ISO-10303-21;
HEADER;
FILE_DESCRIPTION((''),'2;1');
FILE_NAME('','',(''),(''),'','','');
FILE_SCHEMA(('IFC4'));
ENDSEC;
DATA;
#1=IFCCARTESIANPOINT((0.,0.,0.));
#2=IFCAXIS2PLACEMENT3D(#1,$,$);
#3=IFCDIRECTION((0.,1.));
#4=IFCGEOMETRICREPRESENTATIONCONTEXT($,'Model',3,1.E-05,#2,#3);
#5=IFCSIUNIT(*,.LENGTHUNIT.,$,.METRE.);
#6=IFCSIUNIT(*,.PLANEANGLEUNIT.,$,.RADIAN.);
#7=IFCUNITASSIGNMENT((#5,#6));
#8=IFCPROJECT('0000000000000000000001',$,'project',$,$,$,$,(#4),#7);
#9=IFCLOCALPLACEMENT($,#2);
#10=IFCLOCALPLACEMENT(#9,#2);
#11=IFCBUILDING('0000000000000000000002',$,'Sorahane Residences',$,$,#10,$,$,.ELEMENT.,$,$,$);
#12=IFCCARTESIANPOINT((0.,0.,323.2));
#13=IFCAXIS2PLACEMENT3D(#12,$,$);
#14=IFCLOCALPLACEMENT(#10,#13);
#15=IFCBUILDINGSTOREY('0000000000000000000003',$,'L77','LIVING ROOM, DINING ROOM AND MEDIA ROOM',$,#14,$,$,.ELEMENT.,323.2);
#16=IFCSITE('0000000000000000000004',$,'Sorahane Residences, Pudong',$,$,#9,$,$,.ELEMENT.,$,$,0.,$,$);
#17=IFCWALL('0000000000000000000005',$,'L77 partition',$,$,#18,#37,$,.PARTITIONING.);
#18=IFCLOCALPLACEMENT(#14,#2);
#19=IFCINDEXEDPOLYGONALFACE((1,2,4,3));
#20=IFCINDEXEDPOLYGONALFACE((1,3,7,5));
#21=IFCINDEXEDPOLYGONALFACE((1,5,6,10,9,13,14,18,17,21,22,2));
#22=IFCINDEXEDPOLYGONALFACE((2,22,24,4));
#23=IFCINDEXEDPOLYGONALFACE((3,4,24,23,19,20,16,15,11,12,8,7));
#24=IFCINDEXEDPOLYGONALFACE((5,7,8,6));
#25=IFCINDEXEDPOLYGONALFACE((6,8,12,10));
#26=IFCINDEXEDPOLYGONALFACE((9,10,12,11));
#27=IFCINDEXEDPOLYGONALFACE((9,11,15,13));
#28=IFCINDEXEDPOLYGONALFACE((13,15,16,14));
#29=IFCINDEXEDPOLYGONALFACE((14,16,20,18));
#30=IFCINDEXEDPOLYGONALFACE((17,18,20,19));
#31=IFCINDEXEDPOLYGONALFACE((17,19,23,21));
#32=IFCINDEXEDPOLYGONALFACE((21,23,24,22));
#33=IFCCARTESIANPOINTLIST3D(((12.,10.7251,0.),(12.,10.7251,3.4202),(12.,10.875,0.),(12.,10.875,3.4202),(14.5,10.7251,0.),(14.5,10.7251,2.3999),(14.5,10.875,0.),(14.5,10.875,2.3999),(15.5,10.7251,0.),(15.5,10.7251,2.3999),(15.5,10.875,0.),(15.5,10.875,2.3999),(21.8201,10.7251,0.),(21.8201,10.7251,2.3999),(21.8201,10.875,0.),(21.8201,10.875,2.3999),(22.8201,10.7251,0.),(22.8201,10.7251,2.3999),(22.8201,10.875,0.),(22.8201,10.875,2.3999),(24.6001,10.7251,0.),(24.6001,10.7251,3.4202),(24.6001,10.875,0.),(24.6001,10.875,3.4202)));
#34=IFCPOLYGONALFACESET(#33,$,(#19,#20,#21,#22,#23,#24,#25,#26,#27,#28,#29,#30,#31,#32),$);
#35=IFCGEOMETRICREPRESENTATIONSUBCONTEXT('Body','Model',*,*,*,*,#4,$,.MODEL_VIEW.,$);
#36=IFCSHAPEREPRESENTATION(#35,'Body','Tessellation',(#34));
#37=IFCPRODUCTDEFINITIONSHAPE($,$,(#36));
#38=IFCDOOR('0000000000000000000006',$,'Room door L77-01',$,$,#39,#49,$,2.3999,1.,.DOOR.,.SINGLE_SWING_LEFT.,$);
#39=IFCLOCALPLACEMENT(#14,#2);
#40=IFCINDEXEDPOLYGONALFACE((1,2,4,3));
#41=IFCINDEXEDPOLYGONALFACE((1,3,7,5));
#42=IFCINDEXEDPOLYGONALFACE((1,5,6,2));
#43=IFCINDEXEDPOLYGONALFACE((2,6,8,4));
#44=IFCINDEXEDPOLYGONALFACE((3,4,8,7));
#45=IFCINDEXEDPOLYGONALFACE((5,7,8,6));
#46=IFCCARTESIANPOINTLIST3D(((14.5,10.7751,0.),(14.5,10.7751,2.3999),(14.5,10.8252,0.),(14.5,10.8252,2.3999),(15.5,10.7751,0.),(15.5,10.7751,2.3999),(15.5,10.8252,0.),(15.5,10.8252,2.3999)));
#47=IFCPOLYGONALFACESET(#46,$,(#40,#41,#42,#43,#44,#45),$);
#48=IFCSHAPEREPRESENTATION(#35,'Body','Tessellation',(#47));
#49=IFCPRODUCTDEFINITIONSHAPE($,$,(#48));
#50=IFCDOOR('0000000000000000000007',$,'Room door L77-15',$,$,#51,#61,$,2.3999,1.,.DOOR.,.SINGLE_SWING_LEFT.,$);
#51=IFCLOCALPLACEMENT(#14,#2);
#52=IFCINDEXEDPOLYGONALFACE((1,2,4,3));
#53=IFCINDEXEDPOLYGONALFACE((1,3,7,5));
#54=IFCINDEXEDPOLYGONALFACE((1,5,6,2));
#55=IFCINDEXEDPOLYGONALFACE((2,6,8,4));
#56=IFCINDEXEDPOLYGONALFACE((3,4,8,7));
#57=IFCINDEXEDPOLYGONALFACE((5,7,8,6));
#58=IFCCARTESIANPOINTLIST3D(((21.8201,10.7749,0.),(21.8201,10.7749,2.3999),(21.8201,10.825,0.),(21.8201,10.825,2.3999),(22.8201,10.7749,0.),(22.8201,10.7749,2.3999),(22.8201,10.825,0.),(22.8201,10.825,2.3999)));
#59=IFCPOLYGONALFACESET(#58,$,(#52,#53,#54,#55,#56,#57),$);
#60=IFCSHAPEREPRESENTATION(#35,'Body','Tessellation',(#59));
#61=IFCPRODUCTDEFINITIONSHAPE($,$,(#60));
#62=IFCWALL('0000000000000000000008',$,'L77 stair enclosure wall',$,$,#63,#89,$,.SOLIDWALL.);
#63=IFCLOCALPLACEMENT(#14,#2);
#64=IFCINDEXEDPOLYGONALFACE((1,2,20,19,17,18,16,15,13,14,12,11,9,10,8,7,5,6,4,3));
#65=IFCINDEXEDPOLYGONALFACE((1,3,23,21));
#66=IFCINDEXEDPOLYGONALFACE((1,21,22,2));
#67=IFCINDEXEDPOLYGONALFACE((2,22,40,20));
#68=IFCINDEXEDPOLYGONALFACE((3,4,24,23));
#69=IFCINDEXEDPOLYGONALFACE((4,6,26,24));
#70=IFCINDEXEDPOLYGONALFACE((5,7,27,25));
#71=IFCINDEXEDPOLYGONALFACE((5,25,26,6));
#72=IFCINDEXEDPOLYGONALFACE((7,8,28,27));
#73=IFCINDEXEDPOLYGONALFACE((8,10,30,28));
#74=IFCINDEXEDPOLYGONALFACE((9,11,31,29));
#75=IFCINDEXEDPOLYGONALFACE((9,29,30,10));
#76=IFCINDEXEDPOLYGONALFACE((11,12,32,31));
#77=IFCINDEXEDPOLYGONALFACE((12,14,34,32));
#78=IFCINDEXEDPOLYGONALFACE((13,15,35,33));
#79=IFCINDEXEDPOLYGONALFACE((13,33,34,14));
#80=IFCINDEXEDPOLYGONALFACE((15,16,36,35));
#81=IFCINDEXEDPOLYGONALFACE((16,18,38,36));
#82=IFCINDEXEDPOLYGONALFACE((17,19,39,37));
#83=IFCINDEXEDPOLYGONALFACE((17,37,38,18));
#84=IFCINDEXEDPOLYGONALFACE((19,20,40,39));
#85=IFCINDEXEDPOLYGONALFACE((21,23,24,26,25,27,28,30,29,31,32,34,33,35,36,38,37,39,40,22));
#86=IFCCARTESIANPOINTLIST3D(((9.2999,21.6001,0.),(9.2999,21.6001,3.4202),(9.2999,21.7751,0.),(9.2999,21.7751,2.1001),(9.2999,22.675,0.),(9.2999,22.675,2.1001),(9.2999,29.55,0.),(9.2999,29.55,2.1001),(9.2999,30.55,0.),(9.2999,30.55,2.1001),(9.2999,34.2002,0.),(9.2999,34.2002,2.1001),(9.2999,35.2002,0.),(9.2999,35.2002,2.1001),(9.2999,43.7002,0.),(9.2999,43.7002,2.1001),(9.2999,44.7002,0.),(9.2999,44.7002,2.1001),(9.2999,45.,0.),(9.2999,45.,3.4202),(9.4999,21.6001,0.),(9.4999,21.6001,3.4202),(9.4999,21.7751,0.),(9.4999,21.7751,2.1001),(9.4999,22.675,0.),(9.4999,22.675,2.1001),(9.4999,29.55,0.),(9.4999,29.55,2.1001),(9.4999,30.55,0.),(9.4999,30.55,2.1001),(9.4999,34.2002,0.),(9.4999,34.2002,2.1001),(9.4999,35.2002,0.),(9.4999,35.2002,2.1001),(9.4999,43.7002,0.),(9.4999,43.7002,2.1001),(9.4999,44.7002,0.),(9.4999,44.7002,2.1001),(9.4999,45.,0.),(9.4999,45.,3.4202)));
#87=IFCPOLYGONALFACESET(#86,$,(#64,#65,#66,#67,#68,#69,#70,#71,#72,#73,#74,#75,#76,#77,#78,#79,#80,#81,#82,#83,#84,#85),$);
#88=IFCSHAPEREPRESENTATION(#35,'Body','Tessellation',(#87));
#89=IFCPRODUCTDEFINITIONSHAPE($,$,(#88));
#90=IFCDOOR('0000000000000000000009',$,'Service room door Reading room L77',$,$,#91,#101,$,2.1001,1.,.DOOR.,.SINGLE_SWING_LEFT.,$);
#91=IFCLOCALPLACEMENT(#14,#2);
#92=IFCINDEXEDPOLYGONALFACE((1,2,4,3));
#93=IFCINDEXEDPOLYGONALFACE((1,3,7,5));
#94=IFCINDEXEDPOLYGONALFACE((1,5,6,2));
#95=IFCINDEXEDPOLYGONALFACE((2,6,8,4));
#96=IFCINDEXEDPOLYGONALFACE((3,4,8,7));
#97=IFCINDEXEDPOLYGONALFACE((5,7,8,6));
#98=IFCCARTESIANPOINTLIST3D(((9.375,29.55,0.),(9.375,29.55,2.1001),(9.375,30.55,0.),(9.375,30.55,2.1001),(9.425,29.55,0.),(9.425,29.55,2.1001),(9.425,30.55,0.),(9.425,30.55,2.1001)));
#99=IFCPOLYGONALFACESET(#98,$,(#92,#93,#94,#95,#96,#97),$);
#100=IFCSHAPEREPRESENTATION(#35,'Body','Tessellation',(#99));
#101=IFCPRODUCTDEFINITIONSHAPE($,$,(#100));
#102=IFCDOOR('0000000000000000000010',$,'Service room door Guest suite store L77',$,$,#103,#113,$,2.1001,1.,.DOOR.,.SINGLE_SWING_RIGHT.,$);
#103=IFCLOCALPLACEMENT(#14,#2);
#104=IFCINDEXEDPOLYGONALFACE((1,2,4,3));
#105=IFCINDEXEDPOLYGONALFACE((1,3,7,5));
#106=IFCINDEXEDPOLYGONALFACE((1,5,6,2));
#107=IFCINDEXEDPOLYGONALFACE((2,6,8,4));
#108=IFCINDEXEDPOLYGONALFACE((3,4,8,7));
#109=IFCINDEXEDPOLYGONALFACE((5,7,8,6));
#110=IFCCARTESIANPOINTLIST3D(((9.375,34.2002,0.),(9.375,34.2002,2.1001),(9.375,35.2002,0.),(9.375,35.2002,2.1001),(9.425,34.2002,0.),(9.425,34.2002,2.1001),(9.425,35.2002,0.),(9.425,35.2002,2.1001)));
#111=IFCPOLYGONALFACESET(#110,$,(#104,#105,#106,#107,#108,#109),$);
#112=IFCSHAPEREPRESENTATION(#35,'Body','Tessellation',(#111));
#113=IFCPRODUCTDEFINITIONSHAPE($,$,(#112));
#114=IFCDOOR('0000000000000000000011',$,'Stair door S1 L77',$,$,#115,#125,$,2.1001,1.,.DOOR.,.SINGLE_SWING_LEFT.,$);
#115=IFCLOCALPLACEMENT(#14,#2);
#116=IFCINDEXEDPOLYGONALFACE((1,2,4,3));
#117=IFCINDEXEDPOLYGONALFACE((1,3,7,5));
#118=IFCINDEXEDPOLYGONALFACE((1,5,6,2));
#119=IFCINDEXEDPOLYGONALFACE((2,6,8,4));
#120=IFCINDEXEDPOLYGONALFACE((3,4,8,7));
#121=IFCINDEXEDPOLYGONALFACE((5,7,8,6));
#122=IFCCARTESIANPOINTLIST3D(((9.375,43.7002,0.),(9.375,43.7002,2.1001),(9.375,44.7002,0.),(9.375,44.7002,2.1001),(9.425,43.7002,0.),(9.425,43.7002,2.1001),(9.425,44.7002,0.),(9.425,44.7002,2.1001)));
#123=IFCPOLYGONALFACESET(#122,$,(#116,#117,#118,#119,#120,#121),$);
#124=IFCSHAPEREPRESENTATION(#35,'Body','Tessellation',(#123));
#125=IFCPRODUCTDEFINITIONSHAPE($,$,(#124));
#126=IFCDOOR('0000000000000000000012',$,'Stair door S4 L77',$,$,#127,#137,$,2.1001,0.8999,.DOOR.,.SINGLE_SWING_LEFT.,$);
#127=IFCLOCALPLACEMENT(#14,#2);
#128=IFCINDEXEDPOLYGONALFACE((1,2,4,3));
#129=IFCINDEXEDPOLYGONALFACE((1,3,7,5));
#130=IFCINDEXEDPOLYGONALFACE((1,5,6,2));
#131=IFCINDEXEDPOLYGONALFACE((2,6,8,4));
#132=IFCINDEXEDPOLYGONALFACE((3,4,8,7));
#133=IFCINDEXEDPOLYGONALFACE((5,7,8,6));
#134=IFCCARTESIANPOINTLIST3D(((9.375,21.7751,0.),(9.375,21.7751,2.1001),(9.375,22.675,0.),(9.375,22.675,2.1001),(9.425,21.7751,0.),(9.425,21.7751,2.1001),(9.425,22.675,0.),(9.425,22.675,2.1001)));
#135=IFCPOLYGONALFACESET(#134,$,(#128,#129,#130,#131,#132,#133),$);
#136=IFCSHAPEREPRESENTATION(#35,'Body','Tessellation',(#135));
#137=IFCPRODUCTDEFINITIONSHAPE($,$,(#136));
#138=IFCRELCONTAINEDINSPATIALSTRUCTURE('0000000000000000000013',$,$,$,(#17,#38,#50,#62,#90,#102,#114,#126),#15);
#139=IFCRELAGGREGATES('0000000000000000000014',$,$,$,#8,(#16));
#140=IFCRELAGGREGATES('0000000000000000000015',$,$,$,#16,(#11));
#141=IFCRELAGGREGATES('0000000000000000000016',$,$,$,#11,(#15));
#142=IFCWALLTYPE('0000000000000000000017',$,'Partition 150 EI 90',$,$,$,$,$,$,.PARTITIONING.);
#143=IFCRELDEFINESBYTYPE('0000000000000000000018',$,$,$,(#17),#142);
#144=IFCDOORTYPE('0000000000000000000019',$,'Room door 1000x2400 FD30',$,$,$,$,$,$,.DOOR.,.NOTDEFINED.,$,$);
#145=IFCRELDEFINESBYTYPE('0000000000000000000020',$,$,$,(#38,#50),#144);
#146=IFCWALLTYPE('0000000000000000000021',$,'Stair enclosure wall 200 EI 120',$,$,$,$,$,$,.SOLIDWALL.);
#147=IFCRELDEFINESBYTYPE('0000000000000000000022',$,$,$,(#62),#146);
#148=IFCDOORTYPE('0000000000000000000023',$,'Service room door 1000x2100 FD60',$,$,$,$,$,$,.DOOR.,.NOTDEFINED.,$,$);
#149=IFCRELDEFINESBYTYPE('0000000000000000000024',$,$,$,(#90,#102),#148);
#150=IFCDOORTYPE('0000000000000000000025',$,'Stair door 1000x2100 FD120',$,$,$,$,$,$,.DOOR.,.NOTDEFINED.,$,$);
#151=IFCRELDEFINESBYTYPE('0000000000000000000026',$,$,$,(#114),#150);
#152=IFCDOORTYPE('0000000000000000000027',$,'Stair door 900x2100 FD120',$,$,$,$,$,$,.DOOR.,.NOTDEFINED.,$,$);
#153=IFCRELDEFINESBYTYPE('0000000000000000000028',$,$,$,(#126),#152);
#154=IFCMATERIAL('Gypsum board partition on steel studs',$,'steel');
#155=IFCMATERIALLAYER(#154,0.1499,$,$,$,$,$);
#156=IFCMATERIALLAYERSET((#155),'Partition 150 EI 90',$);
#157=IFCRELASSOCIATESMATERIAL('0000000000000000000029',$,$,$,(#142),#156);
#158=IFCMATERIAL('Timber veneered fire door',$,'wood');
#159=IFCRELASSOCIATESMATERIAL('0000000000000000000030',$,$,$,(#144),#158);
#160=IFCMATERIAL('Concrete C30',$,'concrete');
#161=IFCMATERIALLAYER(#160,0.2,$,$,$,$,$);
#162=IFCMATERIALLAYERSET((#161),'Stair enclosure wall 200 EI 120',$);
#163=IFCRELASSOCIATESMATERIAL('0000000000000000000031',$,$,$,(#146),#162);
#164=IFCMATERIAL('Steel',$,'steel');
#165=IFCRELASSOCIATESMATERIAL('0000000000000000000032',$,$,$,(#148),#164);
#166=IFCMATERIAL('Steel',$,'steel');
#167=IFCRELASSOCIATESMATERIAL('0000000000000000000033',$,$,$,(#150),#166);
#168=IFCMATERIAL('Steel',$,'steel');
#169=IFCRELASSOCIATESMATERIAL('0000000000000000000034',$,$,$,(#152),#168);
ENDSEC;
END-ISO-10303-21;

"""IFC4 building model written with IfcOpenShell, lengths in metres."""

from ifc_helpers import new_model, si_unit, direction, frame, frame_2d, origin, place, context, subcontext, project, spatial, rectangle, extrude, material, layer, layer_set, type_object, element, fill, save


model = new_model("IFC4")

# Units and contexts
model_context = context("Model", 3, precision=1e-05, world=origin(), true_north=direction((0.0, 1.0)))
body_context = subcontext(model_context, "Body", "Model", "MODEL_VIEW")
ifc_project = project(units=[si_unit("LENGTHUNIT", "METRE"), si_unit("PLANEANGLEUNIT", "RADIAN")], contexts=[model_context])

# Site, building, storey
site_placement = place(None, origin())
site = spatial("IfcSite", under=ifc_project, at=site_placement, Name="Sorahane Residences, Pudong", CompositionType="ELEMENT", RefElevation=0.0)
building_placement = place(site_placement, origin())
building = spatial("IfcBuilding", under=site, at=building_placement, Name="Sorahane Residences", CompositionType="ELEMENT")
storey_placement = place(building_placement, frame((0.0, 0.0, 323.2)))
storey = spatial("IfcBuildingStorey", under=building, at=storey_placement, Name="L77", Description="LIVING ROOM, DINING ROOM AND MEDIA ROOM", CompositionType="ELEMENT", Elevation=323.2)

# Walls, openings, doors
ifc_material_1 = material(Name="Gypsum board partition on steel studs", Category="steel")
ifc_layer_1 = layer(ifc_material_1, 0.1499)
ifc_layer_set_1 = layer_set([ifc_layer_1], Name="Partition 150 EI 90")
wall_type_1 = type_object("IfcWallType", Name="Partition 150 EI 90", PredefinedType="PARTITIONING", material=ifc_layer_set_1)
wall_1_placement = place(storey_placement, frame((12.0, 10.8, 0.0), z_axis=(0.0, 0.0, 1.0), x_axis=(1.0, 0.0, 0.0)))
wall_1 = element("IfcWall", 1, at=wall_1_placement, inside=storey, type_object=wall_type_1, Name="L77 partition", PredefinedType="PARTITIONING", context=body_context, shape_type="SweptSolid", body=[
    extrude(rectangle(XDim=12.6001, YDim=0.1499, at=frame_2d((6.3, 0.0))), origin(), (0.0, 0.0, 1.0), 3.4202),
])
opening_1_placement = place(wall_1_placement, frame((2.5, 0.0, 0.0)))
opening_1 = element("IfcOpeningElement", 2, at=opening_1_placement, cuts=wall_1, PredefinedType="OPENING", context=body_context, shape_type="SweptSolid", body=[
    extrude(rectangle(XDim=1.0, YDim=2.3999, at=frame_2d((0.5, 1.2))), frame((0.0, 0.085, 0.0), z_axis=(0.0, -1.0, 0.0), x_axis=(1.0, 0.0, 0.0)), (0.0, 0.0, 1.0), 0.1699),
])
opening_2_placement = place(wall_1_placement, frame((9.8201, 0.0, 0.0)))
opening_2 = element("IfcOpeningElement", 3, at=opening_2_placement, cuts=wall_1, PredefinedType="OPENING", context=body_context, shape_type="SweptSolid", body=[
    extrude(rectangle(XDim=1.0, YDim=2.3999, at=frame_2d((0.5, 1.2))), frame((0.0, 0.085, 0.0), z_axis=(0.0, -1.0, 0.0), x_axis=(1.0, 0.0, 0.0)), (0.0, 0.0, 1.0), 0.1699),
])
ifc_material_2 = material(Name="Timber veneered fire door", Category="wood")
door_type_1 = type_object("IfcDoorType", Name="Room door 1000x2400 FD30", OperationType="NOTDEFINED", PredefinedType="DOOR", material=ifc_material_2)
door_1_placement = place(opening_1_placement, frame((1.0, 0.0, 0.0), z_axis=(0.0, 0.0, 1.0), x_axis=(-1.0, 0.0, 0.0)))
door_1 = element("IfcDoor", 4, at=door_1_placement, inside=storey, type_object=door_type_1, Name="Room door L77-01", OperationType="SINGLE_SWING_LEFT", OverallHeight=2.3999, OverallWidth=1.0, PredefinedType="DOOR", context=body_context, shape_type="SweptSolid", body=[
    extrude(rectangle(XDim=1.0, YDim=2.3999, at=frame_2d((0.5, 1.2))), frame((0.0, 0.0249, 0.0), z_axis=(0.0, -1.0, 0.0), x_axis=(1.0, 0.0, 0.0)), (0.0, 0.0, 1.0), 0.05),
])
fill(opening_1, door_1)
door_2_placement = place(opening_2_placement, origin())
door_2 = element("IfcDoor", 5, at=door_2_placement, inside=storey, type_object=door_type_1, Name="Room door L77-15", OperationType="SINGLE_SWING_LEFT", OverallHeight=2.3999, OverallWidth=1.0, PredefinedType="DOOR", context=body_context, shape_type="SweptSolid", body=[
    extrude(rectangle(XDim=1.0, YDim=2.3999, at=frame_2d((0.5, 1.2))), frame((0.0, 0.0249, 0.0), z_axis=(0.0, -1.0, 0.0), x_axis=(1.0, 0.0, 0.0)), (0.0, 0.0, 1.0), 0.05),
])
fill(opening_2, door_2)
ifc_material_3 = material(Name="Concrete C30", Category="concrete")
ifc_layer_2 = layer(ifc_material_3, 0.2)
ifc_layer_set_2 = layer_set([ifc_layer_2], Name="Stair enclosure wall 200 EI 120")
wall_type_2 = type_object("IfcWallType", Name="Stair enclosure wall 200 EI 120", PredefinedType="SOLIDWALL", material=ifc_layer_set_2)
wall_2_placement = place(storey_placement, frame((9.3999, 21.6001, 0.0), z_axis=(0.0, 0.0, 1.0), x_axis=(0.0, 1.0, 0.0)))
wall_2 = element("IfcWall", 6, at=wall_2_placement, inside=storey, type_object=wall_type_2, Name="L77 stair enclosure wall", PredefinedType="SOLIDWALL", context=body_context, shape_type="SweptSolid", body=[
    extrude(rectangle(XDim=23.3999, YDim=0.2, at=frame_2d((11.7, 0.0))), origin(), (0.0, 0.0, 1.0), 3.4202),
])
opening_3_placement = place(wall_2_placement, frame((7.95, 0.0, 0.0)))
opening_3 = element("IfcOpeningElement", 7, at=opening_3_placement, cuts=wall_2, PredefinedType="OPENING", context=body_context, shape_type="SweptSolid", body=[
    extrude(rectangle(XDim=1.0, YDim=2.1001, at=frame_2d((0.5, 1.05))), frame((0.0, 0.1099, 0.0), z_axis=(0.0, -1.0, 0.0), x_axis=(1.0, 0.0, 0.0)), (0.0, 0.0, 1.0), 0.22),
])
opening_4_placement = place(wall_2_placement, frame((12.6001, 0.0, 0.0)))
opening_4 = element("IfcOpeningElement", 8, at=opening_4_placement, cuts=wall_2, PredefinedType="OPENING", context=body_context, shape_type="SweptSolid", body=[
    extrude(rectangle(XDim=1.0, YDim=2.1001, at=frame_2d((0.5, 1.05))), frame((0.0, 0.1099, 0.0), z_axis=(0.0, -1.0, 0.0), x_axis=(1.0, 0.0, 0.0)), (0.0, 0.0, 1.0), 0.22),
])
opening_5_placement = place(wall_2_placement, frame((22.1001, 0.0, 0.0)))
opening_5 = element("IfcOpeningElement", 9, at=opening_5_placement, cuts=wall_2, PredefinedType="OPENING", context=body_context, shape_type="SweptSolid", body=[
    extrude(rectangle(XDim=1.0, YDim=2.1001, at=frame_2d((0.5, 1.05))), frame((0.0, 0.1099, 0.0), z_axis=(0.0, -1.0, 0.0), x_axis=(1.0, 0.0, 0.0)), (0.0, 0.0, 1.0), 0.22),
])
opening_6_placement = place(wall_2_placement, frame((0.175, 0.0, 0.0)))
opening_6 = element("IfcOpeningElement", 10, at=opening_6_placement, cuts=wall_2, PredefinedType="OPENING", context=body_context, shape_type="SweptSolid", body=[
    extrude(rectangle(XDim=0.8999, YDim=2.1001, at=frame_2d((0.45, 1.05))), frame((0.0, 0.1099, 0.0), z_axis=(0.0, -1.0, 0.0), x_axis=(1.0, 0.0, 0.0)), (0.0, 0.0, 1.0), 0.22),
])
ifc_material_4 = material(Name="Steel", Category="steel")
door_type_2 = type_object("IfcDoorType", Name="Service room door 1000x2100 FD60", OperationType="NOTDEFINED", PredefinedType="DOOR", material=ifc_material_4)
door_3_placement = place(opening_3_placement, origin())
door_3 = element("IfcDoor", 11, at=door_3_placement, inside=storey, type_object=door_type_2, Name="Service room door Reading room L77", OperationType="SINGLE_SWING_LEFT", OverallHeight=2.1001, OverallWidth=1.0, PredefinedType="DOOR", context=body_context, shape_type="SweptSolid", body=[
    extrude(rectangle(XDim=1.0, YDim=2.1001, at=frame_2d((0.5, 1.05))), frame((0.0, 0.0249, 0.0), z_axis=(0.0, -1.0, 0.0), x_axis=(1.0, 0.0, 0.0)), (0.0, 0.0, 1.0), 0.05),
])
fill(opening_3, door_3)
door_4_placement = place(opening_4_placement, origin())
door_4 = element("IfcDoor", 12, at=door_4_placement, inside=storey, type_object=door_type_2, Name="Service room door Guest suite store L77", OperationType="SINGLE_SWING_RIGHT", OverallHeight=2.1001, OverallWidth=1.0, PredefinedType="DOOR", context=body_context, shape_type="SweptSolid", body=[
    extrude(rectangle(XDim=1.0, YDim=2.1001, at=frame_2d((0.5, 1.05))), frame((0.0, 0.0249, 0.0), z_axis=(0.0, -1.0, 0.0), x_axis=(1.0, 0.0, 0.0)), (0.0, 0.0, 1.0), 0.05),
])
fill(opening_4, door_4)
ifc_material_5 = material(Name="Steel", Category="steel")
door_type_3 = type_object("IfcDoorType", Name="Stair door 1000x2100 FD120", OperationType="NOTDEFINED", PredefinedType="DOOR", material=ifc_material_5)
door_5_placement = place(opening_5_placement, origin())
door_5 = element("IfcDoor", 13, at=door_5_placement, inside=storey, type_object=door_type_3, Name="Stair door S1 L77", OperationType="SINGLE_SWING_LEFT", OverallHeight=2.1001, OverallWidth=1.0, PredefinedType="DOOR", context=body_context, shape_type="SweptSolid", body=[
    extrude(rectangle(XDim=1.0, YDim=2.1001, at=frame_2d((0.5, 1.05))), frame((0.0, 0.0249, 0.0), z_axis=(0.0, -1.0, 0.0), x_axis=(1.0, 0.0, 0.0)), (0.0, 0.0, 1.0), 0.05),
])
fill(opening_5, door_5)
ifc_material_6 = material(Name="Steel", Category="steel")
door_type_4 = type_object("IfcDoorType", Name="Stair door 900x2100 FD120", OperationType="NOTDEFINED", PredefinedType="DOOR", material=ifc_material_6)
door_6_placement = place(opening_6_placement, origin())
door_6 = element("IfcDoor", 14, at=door_6_placement, inside=storey, type_object=door_type_4, Name="Stair door S4 L77", OperationType="SINGLE_SWING_LEFT", OverallHeight=2.1001, OverallWidth=0.8999, PredefinedType="DOOR", context=body_context, shape_type="SweptSolid", body=[
    extrude(rectangle(XDim=0.8999, YDim=2.1001, at=frame_2d((0.45, 1.05))), frame((0.0, 0.0249, 0.0), z_axis=(0.0, -1.0, 0.0), x_axis=(1.0, 0.0, 0.0)), (0.0, 0.0, 1.0), 0.05),
])
fill(opening_6, door_6)

save(model, "model.ifc")
